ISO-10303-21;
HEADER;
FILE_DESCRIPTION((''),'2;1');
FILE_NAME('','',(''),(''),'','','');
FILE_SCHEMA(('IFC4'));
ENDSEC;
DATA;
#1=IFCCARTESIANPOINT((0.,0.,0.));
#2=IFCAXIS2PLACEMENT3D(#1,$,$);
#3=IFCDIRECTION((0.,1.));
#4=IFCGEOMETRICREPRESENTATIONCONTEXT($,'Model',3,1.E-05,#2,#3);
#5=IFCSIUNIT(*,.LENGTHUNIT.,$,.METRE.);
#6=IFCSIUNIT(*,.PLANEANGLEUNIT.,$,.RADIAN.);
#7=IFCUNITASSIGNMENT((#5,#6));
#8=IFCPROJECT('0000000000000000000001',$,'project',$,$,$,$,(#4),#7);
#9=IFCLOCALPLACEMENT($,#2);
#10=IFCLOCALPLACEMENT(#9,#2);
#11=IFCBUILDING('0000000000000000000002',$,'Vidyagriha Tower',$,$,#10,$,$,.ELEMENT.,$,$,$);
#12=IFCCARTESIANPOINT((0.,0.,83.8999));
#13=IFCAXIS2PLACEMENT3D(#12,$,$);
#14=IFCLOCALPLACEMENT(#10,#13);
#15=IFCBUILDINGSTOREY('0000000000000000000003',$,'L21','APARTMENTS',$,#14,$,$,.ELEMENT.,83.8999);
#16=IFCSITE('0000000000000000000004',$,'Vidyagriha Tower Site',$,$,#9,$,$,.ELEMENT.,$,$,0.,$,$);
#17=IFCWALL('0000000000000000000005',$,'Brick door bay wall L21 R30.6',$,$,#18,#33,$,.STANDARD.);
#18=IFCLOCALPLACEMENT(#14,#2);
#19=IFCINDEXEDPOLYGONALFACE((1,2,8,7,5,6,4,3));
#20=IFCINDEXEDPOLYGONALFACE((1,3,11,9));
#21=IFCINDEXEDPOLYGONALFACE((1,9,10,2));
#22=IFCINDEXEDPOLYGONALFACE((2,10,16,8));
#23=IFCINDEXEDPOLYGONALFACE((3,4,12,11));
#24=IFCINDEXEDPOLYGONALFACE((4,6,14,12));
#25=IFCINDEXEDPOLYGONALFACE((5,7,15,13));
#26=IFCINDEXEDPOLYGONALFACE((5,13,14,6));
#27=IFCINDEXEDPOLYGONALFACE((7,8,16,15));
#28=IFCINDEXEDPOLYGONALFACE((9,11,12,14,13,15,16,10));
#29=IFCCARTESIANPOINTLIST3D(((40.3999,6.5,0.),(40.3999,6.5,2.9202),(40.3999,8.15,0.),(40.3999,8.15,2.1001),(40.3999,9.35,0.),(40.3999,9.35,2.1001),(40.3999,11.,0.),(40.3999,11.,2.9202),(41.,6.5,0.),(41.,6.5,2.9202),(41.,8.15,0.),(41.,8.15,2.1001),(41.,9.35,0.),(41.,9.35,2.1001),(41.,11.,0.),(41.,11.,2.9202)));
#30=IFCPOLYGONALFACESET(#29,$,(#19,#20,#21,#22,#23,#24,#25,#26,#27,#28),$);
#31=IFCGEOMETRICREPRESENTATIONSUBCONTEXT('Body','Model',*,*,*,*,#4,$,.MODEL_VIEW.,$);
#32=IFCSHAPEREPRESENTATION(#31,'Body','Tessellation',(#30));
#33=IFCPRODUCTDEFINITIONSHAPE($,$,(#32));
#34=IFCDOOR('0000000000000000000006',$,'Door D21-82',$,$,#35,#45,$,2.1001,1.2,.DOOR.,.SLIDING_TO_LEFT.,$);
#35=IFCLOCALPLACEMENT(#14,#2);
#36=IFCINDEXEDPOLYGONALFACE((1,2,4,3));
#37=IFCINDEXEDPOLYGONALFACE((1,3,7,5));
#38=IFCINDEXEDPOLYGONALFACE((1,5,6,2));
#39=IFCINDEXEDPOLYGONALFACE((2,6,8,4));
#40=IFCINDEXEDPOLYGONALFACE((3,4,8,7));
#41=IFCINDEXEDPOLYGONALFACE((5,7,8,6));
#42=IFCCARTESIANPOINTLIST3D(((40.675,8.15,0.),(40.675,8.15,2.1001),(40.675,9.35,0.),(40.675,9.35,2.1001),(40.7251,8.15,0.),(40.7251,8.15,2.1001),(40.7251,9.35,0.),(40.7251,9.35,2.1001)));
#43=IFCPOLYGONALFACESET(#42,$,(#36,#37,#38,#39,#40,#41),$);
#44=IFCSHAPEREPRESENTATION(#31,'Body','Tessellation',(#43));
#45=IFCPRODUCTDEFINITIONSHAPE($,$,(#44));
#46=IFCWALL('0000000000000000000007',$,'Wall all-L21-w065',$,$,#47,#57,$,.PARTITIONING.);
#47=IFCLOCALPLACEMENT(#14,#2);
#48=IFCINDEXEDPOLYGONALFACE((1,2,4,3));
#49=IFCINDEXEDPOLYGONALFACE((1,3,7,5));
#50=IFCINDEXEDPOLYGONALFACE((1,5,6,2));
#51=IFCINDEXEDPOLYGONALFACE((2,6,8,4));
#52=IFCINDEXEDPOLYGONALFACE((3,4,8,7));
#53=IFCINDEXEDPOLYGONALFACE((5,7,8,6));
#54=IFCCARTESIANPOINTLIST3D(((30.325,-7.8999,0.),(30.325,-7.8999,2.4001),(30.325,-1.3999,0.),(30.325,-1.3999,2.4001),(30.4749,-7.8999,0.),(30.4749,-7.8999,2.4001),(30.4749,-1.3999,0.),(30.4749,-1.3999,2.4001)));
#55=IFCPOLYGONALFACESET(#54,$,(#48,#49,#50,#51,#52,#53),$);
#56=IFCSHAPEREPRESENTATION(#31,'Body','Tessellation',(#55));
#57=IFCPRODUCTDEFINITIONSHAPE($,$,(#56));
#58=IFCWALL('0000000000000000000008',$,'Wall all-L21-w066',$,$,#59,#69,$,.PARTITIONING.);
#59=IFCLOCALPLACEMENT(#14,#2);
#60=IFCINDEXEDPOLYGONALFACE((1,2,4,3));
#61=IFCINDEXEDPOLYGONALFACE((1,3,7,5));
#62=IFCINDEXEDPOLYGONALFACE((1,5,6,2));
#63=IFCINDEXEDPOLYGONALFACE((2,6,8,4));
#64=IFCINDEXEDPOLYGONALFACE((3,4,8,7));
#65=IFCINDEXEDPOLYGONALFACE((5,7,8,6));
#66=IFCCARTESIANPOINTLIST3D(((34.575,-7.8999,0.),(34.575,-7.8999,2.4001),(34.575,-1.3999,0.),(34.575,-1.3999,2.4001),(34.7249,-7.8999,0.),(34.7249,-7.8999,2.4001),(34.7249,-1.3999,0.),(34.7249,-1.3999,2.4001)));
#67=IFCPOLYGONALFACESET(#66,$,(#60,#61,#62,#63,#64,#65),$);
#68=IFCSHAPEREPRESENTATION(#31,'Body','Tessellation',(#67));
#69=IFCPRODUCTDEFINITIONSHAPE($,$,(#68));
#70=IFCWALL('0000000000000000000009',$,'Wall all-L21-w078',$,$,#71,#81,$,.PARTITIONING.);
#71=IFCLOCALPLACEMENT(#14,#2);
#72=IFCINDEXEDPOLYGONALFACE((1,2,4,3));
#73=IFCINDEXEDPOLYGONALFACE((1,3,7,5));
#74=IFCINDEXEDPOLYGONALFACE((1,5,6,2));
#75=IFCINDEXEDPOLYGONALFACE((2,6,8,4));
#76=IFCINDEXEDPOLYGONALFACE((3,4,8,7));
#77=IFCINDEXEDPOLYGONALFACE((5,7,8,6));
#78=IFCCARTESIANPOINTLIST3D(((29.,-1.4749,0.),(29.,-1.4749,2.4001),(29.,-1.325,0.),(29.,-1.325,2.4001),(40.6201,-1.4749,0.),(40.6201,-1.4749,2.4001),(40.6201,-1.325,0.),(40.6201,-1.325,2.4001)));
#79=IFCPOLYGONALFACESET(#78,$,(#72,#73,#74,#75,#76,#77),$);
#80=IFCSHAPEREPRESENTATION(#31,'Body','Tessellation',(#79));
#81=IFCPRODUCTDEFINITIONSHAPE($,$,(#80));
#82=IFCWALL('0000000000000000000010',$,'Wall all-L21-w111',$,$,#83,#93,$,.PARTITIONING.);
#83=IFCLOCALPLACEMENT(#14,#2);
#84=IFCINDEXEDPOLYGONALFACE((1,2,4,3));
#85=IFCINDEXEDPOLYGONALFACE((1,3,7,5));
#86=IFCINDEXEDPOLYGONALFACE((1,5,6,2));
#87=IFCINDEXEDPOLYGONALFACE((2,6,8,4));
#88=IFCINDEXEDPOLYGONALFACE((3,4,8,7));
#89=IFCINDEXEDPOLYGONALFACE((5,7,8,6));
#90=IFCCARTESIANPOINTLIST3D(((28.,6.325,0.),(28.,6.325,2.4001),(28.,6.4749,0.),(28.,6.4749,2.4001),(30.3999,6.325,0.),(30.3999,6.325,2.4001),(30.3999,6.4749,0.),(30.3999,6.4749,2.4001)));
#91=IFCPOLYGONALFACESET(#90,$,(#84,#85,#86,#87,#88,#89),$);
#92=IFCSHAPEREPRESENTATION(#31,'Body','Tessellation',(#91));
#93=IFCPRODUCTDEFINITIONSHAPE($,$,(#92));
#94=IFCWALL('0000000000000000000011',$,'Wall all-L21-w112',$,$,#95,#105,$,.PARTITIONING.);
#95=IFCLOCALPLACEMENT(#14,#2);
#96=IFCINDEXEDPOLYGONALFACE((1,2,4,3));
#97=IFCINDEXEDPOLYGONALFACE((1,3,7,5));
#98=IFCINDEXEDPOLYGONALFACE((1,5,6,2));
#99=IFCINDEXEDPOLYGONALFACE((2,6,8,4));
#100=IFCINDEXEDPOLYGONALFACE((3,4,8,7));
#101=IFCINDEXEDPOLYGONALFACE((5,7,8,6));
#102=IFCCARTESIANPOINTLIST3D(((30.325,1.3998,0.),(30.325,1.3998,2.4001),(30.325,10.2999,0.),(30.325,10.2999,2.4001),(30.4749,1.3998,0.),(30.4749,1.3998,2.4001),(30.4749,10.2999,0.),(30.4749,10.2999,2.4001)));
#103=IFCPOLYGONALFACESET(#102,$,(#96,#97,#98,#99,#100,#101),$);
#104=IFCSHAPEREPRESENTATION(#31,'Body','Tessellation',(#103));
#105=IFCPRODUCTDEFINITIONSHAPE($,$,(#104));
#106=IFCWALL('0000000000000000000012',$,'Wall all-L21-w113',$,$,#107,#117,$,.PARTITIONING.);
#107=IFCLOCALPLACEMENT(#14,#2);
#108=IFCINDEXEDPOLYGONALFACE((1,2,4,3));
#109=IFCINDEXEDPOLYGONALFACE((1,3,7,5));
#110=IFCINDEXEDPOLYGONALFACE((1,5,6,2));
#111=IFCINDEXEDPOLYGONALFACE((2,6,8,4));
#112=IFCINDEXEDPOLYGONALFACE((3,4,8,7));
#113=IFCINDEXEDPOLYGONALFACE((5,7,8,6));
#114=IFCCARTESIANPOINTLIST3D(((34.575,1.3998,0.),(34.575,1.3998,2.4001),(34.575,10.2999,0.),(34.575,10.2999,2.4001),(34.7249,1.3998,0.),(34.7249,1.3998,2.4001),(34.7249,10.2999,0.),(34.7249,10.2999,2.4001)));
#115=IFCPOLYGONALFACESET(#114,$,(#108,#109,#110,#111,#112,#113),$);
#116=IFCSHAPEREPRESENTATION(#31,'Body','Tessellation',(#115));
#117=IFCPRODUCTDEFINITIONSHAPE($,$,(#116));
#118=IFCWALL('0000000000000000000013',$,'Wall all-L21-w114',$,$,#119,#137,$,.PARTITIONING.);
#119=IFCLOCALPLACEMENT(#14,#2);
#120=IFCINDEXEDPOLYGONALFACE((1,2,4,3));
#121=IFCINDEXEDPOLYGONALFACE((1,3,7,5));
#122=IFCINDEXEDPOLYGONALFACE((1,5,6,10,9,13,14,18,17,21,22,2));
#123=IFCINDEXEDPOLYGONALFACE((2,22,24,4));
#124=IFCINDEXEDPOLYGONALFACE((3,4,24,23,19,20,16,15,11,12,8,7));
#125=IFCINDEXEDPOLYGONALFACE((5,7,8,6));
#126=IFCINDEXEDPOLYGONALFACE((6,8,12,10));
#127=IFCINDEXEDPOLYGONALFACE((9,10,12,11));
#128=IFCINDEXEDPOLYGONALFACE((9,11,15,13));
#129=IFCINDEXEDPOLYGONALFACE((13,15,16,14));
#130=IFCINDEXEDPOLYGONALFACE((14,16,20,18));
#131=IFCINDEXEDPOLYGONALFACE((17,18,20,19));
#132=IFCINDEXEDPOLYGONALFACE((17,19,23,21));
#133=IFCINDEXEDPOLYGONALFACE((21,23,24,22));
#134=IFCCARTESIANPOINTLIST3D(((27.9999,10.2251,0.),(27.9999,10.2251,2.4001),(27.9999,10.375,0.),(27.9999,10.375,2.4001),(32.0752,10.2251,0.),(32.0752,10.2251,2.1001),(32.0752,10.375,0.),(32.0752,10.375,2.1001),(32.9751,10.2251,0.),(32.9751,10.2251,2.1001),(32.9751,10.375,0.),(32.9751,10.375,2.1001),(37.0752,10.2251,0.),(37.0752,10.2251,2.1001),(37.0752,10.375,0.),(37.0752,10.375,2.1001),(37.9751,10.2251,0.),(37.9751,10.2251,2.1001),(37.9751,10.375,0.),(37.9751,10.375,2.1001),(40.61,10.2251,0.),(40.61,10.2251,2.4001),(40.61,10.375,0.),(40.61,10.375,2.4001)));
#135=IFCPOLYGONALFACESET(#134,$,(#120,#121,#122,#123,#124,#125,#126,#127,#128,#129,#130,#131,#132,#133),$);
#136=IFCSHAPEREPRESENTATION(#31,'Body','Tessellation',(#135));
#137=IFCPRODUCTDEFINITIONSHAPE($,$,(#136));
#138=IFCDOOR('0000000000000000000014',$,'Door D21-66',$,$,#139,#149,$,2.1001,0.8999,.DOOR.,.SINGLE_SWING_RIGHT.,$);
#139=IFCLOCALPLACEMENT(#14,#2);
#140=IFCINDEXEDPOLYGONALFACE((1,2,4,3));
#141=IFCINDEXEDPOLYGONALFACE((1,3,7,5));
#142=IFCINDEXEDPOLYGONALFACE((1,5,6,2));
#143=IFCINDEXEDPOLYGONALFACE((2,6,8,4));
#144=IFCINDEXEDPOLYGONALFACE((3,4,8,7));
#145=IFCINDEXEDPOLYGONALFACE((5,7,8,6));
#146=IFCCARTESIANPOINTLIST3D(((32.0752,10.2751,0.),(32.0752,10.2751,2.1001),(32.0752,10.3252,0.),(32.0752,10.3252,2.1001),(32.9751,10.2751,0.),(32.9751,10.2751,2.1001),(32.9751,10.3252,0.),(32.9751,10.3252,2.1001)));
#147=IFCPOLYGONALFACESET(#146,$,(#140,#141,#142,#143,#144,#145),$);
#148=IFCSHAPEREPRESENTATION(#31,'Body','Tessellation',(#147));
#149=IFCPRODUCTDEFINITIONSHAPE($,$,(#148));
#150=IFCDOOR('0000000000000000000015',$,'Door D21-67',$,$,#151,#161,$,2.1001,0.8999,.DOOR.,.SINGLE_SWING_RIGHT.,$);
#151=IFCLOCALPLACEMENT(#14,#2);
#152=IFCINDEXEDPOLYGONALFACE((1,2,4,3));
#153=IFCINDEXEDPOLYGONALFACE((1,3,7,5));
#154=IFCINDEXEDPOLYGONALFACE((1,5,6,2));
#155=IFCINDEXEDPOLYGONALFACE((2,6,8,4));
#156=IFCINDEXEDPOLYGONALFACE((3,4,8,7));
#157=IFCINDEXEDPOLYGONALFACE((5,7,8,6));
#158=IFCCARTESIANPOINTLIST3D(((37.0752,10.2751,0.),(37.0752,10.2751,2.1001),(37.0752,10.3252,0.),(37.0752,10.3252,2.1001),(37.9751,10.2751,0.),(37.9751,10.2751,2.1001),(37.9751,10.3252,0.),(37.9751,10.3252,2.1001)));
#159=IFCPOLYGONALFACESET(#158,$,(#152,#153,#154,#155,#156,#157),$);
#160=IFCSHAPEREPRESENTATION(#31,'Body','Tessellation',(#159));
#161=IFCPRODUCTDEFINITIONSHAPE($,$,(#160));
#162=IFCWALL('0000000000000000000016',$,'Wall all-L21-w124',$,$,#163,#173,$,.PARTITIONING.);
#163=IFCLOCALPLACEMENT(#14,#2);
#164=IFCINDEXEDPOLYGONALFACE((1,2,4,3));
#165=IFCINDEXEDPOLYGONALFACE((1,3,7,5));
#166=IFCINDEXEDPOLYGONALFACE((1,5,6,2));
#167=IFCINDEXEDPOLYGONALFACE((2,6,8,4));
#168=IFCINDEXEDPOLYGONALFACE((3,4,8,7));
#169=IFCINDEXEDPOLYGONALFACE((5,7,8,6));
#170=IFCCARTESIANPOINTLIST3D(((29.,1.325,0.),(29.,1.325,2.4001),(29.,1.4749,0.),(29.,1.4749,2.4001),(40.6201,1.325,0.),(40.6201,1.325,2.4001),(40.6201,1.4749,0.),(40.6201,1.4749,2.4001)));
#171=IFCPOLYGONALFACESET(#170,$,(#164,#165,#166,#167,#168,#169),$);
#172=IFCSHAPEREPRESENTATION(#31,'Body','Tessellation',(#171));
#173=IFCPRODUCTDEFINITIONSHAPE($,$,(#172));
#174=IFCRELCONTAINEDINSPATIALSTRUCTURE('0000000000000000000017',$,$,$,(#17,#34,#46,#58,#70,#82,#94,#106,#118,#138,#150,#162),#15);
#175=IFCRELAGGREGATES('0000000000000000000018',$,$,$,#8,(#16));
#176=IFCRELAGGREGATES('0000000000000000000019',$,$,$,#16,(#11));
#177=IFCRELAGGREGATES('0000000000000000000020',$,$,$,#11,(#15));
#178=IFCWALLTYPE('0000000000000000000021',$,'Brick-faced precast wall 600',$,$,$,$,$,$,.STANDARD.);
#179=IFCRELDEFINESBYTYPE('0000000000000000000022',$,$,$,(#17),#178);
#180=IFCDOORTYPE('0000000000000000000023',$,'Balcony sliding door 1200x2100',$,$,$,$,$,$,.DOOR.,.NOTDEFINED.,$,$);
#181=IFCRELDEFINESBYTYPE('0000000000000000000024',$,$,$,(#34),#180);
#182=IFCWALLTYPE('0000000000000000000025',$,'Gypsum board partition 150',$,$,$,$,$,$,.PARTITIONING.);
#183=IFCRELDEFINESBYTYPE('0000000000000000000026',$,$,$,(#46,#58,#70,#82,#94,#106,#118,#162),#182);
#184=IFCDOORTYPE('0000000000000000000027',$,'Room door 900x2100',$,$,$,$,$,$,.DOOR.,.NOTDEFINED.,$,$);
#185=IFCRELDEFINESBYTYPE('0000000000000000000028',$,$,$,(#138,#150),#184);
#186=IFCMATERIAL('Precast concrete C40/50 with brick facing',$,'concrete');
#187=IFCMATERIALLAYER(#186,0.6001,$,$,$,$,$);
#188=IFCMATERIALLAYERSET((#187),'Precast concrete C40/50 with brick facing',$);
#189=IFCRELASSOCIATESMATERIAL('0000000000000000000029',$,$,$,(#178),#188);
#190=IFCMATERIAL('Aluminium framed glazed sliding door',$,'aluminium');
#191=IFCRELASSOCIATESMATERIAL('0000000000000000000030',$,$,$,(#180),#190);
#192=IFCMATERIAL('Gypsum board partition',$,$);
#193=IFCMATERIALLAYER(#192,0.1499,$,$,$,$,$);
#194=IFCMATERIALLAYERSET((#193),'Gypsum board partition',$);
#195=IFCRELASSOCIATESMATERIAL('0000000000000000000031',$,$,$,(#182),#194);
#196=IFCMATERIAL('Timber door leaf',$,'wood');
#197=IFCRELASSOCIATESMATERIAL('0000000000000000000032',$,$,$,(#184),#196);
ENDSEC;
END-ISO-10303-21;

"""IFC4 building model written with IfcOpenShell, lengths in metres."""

from ifc_helpers import new_model, si_unit, direction, frame, frame_2d, origin, place, context, subcontext, project, spatial, rectangle, extrude, material, layer, layer_set, type_object, element, fill, save


model = new_model("IFC4")

# Units and contexts
model_context = context("Model", 3, precision=1e-05, world=origin(), true_north=direction((0.0, 1.0)))
body_context = subcontext(model_context, "Body", "Model", "MODEL_VIEW")
ifc_project = project(units=[si_unit("LENGTHUNIT", "METRE"), si_unit("PLANEANGLEUNIT", "RADIAN")], contexts=[model_context])

# Site, building, storey
site_placement = place(None, origin())
site = spatial("IfcSite", under=ifc_project, at=site_placement, Name="Vidyagriha Tower Site", CompositionType="ELEMENT", RefElevation=0.0)
building_placement = place(site_placement, origin())
building = spatial("IfcBuilding", under=site, at=building_placement, Name="Vidyagriha Tower", CompositionType="ELEMENT")
storey_placement = place(building_placement, frame((0.0, 0.0, 83.8999)))
storey = spatial("IfcBuildingStorey", under=building, at=storey_placement, Name="L21", Description="APARTMENTS", CompositionType="ELEMENT", Elevation=83.8999)

# Wall, opening, door
ifc_material_1 = material(Name="Precast concrete C40/50 with brick facing", Category="concrete")
ifc_layer_1 = layer(ifc_material_1, 0.6001)
ifc_layer_set_1 = layer_set([ifc_layer_1], Name="Precast concrete C40/50 with brick facing")
wall_type_1 = type_object("IfcWallType", Name="Brick-faced precast wall 600", PredefinedType="STANDARD", material=ifc_layer_set_1)
wall_1_placement = place(storey_placement, frame((40.7, 6.5, 0.0), z_axis=(0.0, 0.0, 1.0), x_axis=(0.0, 1.0, 0.0)))
wall_1 = element("IfcWall", 1, at=wall_1_placement, inside=storey, type_object=wall_type_1, Name="Brick door bay wall L21 R30.6", PredefinedType="STANDARD", context=body_context, shape_type="SweptSolid", body=[
    extrude(rectangle(XDim=4.5, YDim=0.6001, at=frame_2d((2.25, 0.0))), origin(), (0.0, 0.0, 1.0), 2.9202),
])
opening_1_placement = place(wall_1_placement, frame((1.6499, 0.0, 0.0)))
opening_1 = element("IfcOpeningElement", 2, at=opening_1_placement, cuts=wall_1, PredefinedType="OPENING", context=body_context, shape_type="SweptSolid", body=[
    extrude(rectangle(XDim=1.2, YDim=2.1001, at=frame_2d((0.6001, 1.05))), frame((0.0, 0.3101, 0.0), z_axis=(0.0, -1.0, 0.0), x_axis=(1.0, 0.0, 0.0)), (0.0, 0.0, 1.0), 0.6201),
])
ifc_material_2 = material(Name="Aluminium framed glazed sliding door", Category="aluminium")
door_type_1 = type_object("IfcDoorType", Name="Balcony sliding door 1200x2100", OperationType="NOTDEFINED", PredefinedType="DOOR", material=ifc_material_2)
door_1_placement = place(opening_1_placement, origin())
door_1 = element("IfcDoor", 3, at=door_1_placement, inside=storey, type_object=door_type_1, Name="Door D21-82", OperationType="SLIDING_TO_LEFT", OverallHeight=2.1001, OverallWidth=1.2, PredefinedType="DOOR", context=body_context, shape_type="SweptSolid", body=[
    extrude(rectangle(XDim=1.2, YDim=2.1001, at=frame_2d((0.6001, 1.05))), frame((0.0, 0.0249, 0.0), z_axis=(0.0, -1.0, 0.0), x_axis=(1.0, 0.0, 0.0)), (0.0, 0.0, 1.0), 0.05),
])
fill(opening_1, door_1)

# Walls
ifc_material_3 = material(Name="Gypsum board partition")
ifc_layer_2 = layer(ifc_material_3, 0.1499)
ifc_layer_set_2 = layer_set([ifc_layer_2], Name="Gypsum board partition")
wall_type_2 = type_object("IfcWallType", Name="Gypsum board partition 150", PredefinedType="PARTITIONING", material=ifc_layer_set_2)
for number, where, z_axis, x_axis, name in (
    (4, (30.3999, -1.3999, 0.0), (0.0, 0.0, 1.0), (0.0, -1.0, 0.0), "Wall all-L21-w065"),
    (5, (34.6499, -1.3999, 0.0), (0.0, 0.0, 1.0), (0.0, -1.0, 0.0), "Wall all-L21-w066"),
):
    element("IfcWall", number, at=place(storey_placement, frame(where, z_axis=z_axis, x_axis=x_axis)), inside=storey, type_object=wall_type_2, Name=name, PredefinedType="PARTITIONING", context=body_context, shape_type="SweptSolid", body=[
        extrude(rectangle(XDim=6.5, YDim=0.1499, at=frame_2d((3.25, 0.0))), origin(), (0.0, 0.0, 1.0), 2.4001),
    ])
wall_2_placement = place(storey_placement, frame((40.6201, -1.3999, 0.0), z_axis=(0.0, 0.0, 1.0), x_axis=(-1.0, 0.0, 0.0)))
element("IfcWall", 6, at=wall_2_placement, inside=storey, type_object=wall_type_2, Name="Wall all-L21-w078", PredefinedType="PARTITIONING", context=body_context, shape_type="SweptSolid", body=[
    extrude(rectangle(XDim=11.6201, YDim=0.1499, at=frame_2d((5.8101, 0.0))), origin(), (0.0, 0.0, 1.0), 2.4001),
])
wall_3_placement = place(storey_placement, frame((28.0, 6.3999, 0.0)))
element("IfcWall", 7, at=wall_3_placement, inside=storey, type_object=wall_type_2, Name="Wall all-L21-w111", PredefinedType="PARTITIONING", context=body_context, shape_type="SweptSolid", body=[
    extrude(rectangle(XDim=2.3999, YDim=0.1499, at=frame_2d((1.2, 0.0))), origin(), (0.0, 0.0, 1.0), 2.4001),
])
for number, where, z_axis, x_axis, name in (
    (8, (30.3999, 10.3, 0.0), (0.0, 0.0, 1.0), (0.0, -1.0, 0.0), "Wall all-L21-w112"),
    (9, (34.6499, 10.3, 0.0), (0.0, 0.0, 1.0), (0.0, -1.0, 0.0), "Wall all-L21-w113"),
):
    element("IfcWall", number, at=place(storey_placement, frame(where, z_axis=z_axis, x_axis=x_axis)), inside=storey, type_object=wall_type_2, Name=name, PredefinedType="PARTITIONING", context=body_context, shape_type="SweptSolid", body=[
        extrude(rectangle(XDim=8.9001, YDim=0.1499, at=frame_2d((4.4502, 0.0))), origin(), (0.0, 0.0, 1.0), 2.4001),
    ])

# Wall, openings, doors
wall_4_placement = place(storey_placement, frame((40.6101, 10.3, 0.0), z_axis=(0.0, 0.0, 1.0), x_axis=(-1.0, 0.0, 0.0)))
wall_4 = element("IfcWall", 10, at=wall_4_placement, inside=storey, type_object=wall_type_2, Name="Wall all-L21-w114", PredefinedType="PARTITIONING", context=body_context, shape_type="SweptSolid", body=[
    extrude(rectangle(XDim=12.6101, YDim=0.1499, at=frame_2d((6.3052, 0.0))), origin(), (0.0, 0.0, 1.0), 2.4001),
])
opening_2_placement = place(wall_4_placement, frame((7.635, 0.0, 0.0)))
opening_2 = element("IfcOpeningElement", 11, at=opening_2_placement, cuts=wall_4, PredefinedType="OPENING", context=body_context, shape_type="SweptSolid", body=[
    extrude(rectangle(XDim=0.8999, YDim=2.1001, at=frame_2d((0.45, 1.05))), frame((0.0, 0.085, 0.0), z_axis=(0.0, -1.0, 0.0), x_axis=(1.0, 0.0, 0.0)), (0.0, 0.0, 1.0), 0.1699),
])
opening_3_placement = place(wall_4_placement, frame((2.635, 0.0, 0.0)))
opening_3 = element("IfcOpeningElement", 12, at=opening_3_placement, cuts=wall_4, PredefinedType="OPENING", context=body_context, shape_type="SweptSolid", body=[
    extrude(rectangle(XDim=0.8999, YDim=2.1001, at=frame_2d((0.45, 1.05))), frame((0.0, 0.085, 0.0), z_axis=(0.0, -1.0, 0.0), x_axis=(1.0, 0.0, 0.0)), (0.0, 0.0, 1.0), 0.1699),
])
ifc_material_4 = material(Name="Timber door leaf", Category="wood")
door_type_2 = type_object("IfcDoorType", Name="Room door 900x2100", OperationType="NOTDEFINED", PredefinedType="DOOR", material=ifc_material_4)
door_2_placement = place(opening_2_placement, origin())
door_2 = element("IfcDoor", 13, at=door_2_placement, inside=storey, type_object=door_type_2, Name="Door D21-66", OperationType="SINGLE_SWING_RIGHT", OverallHeight=2.1001, OverallWidth=0.8999, PredefinedType="DOOR", context=body_context, shape_type="SweptSolid", body=[
    extrude(rectangle(XDim=0.8999, YDim=2.1001, at=frame_2d((0.45, 1.05))), frame((0.0, 0.0249, 0.0), z_axis=(0.0, -1.0, 0.0), x_axis=(1.0, 0.0, 0.0)), (0.0, 0.0, 1.0), 0.05),
])
fill(opening_2, door_2)
door_3_placement = place(opening_3_placement, origin())
door_3 = element("IfcDoor", 14, at=door_3_placement, inside=storey, type_object=door_type_2, Name="Door D21-67", OperationType="SINGLE_SWING_RIGHT", OverallHeight=2.1001, OverallWidth=0.8999, PredefinedType="DOOR", context=body_context, shape_type="SweptSolid", body=[
    extrude(rectangle(XDim=0.8999, YDim=2.1001, at=frame_2d((0.45, 1.05))), frame((0.0, 0.0249, 0.0), z_axis=(0.0, -1.0, 0.0), x_axis=(1.0, 0.0, 0.0)), (0.0, 0.0, 1.0), 0.05),
])
fill(opening_3, door_3)

# Wall
wall_5_placement = place(storey_placement, frame((29.0, 1.3999, 0.0)))
element("IfcWall", 15, at=wall_5_placement, inside=storey, type_object=wall_type_2, Name="Wall all-L21-w124", PredefinedType="PARTITIONING", context=body_context, shape_type="SweptSolid", body=[
    extrude(rectangle(XDim=11.6201, YDim=0.1499, at=frame_2d((5.8101, 0.0))), origin(), (0.0, 0.0, 1.0), 2.4001),
])

save(model, "model.ifc")
